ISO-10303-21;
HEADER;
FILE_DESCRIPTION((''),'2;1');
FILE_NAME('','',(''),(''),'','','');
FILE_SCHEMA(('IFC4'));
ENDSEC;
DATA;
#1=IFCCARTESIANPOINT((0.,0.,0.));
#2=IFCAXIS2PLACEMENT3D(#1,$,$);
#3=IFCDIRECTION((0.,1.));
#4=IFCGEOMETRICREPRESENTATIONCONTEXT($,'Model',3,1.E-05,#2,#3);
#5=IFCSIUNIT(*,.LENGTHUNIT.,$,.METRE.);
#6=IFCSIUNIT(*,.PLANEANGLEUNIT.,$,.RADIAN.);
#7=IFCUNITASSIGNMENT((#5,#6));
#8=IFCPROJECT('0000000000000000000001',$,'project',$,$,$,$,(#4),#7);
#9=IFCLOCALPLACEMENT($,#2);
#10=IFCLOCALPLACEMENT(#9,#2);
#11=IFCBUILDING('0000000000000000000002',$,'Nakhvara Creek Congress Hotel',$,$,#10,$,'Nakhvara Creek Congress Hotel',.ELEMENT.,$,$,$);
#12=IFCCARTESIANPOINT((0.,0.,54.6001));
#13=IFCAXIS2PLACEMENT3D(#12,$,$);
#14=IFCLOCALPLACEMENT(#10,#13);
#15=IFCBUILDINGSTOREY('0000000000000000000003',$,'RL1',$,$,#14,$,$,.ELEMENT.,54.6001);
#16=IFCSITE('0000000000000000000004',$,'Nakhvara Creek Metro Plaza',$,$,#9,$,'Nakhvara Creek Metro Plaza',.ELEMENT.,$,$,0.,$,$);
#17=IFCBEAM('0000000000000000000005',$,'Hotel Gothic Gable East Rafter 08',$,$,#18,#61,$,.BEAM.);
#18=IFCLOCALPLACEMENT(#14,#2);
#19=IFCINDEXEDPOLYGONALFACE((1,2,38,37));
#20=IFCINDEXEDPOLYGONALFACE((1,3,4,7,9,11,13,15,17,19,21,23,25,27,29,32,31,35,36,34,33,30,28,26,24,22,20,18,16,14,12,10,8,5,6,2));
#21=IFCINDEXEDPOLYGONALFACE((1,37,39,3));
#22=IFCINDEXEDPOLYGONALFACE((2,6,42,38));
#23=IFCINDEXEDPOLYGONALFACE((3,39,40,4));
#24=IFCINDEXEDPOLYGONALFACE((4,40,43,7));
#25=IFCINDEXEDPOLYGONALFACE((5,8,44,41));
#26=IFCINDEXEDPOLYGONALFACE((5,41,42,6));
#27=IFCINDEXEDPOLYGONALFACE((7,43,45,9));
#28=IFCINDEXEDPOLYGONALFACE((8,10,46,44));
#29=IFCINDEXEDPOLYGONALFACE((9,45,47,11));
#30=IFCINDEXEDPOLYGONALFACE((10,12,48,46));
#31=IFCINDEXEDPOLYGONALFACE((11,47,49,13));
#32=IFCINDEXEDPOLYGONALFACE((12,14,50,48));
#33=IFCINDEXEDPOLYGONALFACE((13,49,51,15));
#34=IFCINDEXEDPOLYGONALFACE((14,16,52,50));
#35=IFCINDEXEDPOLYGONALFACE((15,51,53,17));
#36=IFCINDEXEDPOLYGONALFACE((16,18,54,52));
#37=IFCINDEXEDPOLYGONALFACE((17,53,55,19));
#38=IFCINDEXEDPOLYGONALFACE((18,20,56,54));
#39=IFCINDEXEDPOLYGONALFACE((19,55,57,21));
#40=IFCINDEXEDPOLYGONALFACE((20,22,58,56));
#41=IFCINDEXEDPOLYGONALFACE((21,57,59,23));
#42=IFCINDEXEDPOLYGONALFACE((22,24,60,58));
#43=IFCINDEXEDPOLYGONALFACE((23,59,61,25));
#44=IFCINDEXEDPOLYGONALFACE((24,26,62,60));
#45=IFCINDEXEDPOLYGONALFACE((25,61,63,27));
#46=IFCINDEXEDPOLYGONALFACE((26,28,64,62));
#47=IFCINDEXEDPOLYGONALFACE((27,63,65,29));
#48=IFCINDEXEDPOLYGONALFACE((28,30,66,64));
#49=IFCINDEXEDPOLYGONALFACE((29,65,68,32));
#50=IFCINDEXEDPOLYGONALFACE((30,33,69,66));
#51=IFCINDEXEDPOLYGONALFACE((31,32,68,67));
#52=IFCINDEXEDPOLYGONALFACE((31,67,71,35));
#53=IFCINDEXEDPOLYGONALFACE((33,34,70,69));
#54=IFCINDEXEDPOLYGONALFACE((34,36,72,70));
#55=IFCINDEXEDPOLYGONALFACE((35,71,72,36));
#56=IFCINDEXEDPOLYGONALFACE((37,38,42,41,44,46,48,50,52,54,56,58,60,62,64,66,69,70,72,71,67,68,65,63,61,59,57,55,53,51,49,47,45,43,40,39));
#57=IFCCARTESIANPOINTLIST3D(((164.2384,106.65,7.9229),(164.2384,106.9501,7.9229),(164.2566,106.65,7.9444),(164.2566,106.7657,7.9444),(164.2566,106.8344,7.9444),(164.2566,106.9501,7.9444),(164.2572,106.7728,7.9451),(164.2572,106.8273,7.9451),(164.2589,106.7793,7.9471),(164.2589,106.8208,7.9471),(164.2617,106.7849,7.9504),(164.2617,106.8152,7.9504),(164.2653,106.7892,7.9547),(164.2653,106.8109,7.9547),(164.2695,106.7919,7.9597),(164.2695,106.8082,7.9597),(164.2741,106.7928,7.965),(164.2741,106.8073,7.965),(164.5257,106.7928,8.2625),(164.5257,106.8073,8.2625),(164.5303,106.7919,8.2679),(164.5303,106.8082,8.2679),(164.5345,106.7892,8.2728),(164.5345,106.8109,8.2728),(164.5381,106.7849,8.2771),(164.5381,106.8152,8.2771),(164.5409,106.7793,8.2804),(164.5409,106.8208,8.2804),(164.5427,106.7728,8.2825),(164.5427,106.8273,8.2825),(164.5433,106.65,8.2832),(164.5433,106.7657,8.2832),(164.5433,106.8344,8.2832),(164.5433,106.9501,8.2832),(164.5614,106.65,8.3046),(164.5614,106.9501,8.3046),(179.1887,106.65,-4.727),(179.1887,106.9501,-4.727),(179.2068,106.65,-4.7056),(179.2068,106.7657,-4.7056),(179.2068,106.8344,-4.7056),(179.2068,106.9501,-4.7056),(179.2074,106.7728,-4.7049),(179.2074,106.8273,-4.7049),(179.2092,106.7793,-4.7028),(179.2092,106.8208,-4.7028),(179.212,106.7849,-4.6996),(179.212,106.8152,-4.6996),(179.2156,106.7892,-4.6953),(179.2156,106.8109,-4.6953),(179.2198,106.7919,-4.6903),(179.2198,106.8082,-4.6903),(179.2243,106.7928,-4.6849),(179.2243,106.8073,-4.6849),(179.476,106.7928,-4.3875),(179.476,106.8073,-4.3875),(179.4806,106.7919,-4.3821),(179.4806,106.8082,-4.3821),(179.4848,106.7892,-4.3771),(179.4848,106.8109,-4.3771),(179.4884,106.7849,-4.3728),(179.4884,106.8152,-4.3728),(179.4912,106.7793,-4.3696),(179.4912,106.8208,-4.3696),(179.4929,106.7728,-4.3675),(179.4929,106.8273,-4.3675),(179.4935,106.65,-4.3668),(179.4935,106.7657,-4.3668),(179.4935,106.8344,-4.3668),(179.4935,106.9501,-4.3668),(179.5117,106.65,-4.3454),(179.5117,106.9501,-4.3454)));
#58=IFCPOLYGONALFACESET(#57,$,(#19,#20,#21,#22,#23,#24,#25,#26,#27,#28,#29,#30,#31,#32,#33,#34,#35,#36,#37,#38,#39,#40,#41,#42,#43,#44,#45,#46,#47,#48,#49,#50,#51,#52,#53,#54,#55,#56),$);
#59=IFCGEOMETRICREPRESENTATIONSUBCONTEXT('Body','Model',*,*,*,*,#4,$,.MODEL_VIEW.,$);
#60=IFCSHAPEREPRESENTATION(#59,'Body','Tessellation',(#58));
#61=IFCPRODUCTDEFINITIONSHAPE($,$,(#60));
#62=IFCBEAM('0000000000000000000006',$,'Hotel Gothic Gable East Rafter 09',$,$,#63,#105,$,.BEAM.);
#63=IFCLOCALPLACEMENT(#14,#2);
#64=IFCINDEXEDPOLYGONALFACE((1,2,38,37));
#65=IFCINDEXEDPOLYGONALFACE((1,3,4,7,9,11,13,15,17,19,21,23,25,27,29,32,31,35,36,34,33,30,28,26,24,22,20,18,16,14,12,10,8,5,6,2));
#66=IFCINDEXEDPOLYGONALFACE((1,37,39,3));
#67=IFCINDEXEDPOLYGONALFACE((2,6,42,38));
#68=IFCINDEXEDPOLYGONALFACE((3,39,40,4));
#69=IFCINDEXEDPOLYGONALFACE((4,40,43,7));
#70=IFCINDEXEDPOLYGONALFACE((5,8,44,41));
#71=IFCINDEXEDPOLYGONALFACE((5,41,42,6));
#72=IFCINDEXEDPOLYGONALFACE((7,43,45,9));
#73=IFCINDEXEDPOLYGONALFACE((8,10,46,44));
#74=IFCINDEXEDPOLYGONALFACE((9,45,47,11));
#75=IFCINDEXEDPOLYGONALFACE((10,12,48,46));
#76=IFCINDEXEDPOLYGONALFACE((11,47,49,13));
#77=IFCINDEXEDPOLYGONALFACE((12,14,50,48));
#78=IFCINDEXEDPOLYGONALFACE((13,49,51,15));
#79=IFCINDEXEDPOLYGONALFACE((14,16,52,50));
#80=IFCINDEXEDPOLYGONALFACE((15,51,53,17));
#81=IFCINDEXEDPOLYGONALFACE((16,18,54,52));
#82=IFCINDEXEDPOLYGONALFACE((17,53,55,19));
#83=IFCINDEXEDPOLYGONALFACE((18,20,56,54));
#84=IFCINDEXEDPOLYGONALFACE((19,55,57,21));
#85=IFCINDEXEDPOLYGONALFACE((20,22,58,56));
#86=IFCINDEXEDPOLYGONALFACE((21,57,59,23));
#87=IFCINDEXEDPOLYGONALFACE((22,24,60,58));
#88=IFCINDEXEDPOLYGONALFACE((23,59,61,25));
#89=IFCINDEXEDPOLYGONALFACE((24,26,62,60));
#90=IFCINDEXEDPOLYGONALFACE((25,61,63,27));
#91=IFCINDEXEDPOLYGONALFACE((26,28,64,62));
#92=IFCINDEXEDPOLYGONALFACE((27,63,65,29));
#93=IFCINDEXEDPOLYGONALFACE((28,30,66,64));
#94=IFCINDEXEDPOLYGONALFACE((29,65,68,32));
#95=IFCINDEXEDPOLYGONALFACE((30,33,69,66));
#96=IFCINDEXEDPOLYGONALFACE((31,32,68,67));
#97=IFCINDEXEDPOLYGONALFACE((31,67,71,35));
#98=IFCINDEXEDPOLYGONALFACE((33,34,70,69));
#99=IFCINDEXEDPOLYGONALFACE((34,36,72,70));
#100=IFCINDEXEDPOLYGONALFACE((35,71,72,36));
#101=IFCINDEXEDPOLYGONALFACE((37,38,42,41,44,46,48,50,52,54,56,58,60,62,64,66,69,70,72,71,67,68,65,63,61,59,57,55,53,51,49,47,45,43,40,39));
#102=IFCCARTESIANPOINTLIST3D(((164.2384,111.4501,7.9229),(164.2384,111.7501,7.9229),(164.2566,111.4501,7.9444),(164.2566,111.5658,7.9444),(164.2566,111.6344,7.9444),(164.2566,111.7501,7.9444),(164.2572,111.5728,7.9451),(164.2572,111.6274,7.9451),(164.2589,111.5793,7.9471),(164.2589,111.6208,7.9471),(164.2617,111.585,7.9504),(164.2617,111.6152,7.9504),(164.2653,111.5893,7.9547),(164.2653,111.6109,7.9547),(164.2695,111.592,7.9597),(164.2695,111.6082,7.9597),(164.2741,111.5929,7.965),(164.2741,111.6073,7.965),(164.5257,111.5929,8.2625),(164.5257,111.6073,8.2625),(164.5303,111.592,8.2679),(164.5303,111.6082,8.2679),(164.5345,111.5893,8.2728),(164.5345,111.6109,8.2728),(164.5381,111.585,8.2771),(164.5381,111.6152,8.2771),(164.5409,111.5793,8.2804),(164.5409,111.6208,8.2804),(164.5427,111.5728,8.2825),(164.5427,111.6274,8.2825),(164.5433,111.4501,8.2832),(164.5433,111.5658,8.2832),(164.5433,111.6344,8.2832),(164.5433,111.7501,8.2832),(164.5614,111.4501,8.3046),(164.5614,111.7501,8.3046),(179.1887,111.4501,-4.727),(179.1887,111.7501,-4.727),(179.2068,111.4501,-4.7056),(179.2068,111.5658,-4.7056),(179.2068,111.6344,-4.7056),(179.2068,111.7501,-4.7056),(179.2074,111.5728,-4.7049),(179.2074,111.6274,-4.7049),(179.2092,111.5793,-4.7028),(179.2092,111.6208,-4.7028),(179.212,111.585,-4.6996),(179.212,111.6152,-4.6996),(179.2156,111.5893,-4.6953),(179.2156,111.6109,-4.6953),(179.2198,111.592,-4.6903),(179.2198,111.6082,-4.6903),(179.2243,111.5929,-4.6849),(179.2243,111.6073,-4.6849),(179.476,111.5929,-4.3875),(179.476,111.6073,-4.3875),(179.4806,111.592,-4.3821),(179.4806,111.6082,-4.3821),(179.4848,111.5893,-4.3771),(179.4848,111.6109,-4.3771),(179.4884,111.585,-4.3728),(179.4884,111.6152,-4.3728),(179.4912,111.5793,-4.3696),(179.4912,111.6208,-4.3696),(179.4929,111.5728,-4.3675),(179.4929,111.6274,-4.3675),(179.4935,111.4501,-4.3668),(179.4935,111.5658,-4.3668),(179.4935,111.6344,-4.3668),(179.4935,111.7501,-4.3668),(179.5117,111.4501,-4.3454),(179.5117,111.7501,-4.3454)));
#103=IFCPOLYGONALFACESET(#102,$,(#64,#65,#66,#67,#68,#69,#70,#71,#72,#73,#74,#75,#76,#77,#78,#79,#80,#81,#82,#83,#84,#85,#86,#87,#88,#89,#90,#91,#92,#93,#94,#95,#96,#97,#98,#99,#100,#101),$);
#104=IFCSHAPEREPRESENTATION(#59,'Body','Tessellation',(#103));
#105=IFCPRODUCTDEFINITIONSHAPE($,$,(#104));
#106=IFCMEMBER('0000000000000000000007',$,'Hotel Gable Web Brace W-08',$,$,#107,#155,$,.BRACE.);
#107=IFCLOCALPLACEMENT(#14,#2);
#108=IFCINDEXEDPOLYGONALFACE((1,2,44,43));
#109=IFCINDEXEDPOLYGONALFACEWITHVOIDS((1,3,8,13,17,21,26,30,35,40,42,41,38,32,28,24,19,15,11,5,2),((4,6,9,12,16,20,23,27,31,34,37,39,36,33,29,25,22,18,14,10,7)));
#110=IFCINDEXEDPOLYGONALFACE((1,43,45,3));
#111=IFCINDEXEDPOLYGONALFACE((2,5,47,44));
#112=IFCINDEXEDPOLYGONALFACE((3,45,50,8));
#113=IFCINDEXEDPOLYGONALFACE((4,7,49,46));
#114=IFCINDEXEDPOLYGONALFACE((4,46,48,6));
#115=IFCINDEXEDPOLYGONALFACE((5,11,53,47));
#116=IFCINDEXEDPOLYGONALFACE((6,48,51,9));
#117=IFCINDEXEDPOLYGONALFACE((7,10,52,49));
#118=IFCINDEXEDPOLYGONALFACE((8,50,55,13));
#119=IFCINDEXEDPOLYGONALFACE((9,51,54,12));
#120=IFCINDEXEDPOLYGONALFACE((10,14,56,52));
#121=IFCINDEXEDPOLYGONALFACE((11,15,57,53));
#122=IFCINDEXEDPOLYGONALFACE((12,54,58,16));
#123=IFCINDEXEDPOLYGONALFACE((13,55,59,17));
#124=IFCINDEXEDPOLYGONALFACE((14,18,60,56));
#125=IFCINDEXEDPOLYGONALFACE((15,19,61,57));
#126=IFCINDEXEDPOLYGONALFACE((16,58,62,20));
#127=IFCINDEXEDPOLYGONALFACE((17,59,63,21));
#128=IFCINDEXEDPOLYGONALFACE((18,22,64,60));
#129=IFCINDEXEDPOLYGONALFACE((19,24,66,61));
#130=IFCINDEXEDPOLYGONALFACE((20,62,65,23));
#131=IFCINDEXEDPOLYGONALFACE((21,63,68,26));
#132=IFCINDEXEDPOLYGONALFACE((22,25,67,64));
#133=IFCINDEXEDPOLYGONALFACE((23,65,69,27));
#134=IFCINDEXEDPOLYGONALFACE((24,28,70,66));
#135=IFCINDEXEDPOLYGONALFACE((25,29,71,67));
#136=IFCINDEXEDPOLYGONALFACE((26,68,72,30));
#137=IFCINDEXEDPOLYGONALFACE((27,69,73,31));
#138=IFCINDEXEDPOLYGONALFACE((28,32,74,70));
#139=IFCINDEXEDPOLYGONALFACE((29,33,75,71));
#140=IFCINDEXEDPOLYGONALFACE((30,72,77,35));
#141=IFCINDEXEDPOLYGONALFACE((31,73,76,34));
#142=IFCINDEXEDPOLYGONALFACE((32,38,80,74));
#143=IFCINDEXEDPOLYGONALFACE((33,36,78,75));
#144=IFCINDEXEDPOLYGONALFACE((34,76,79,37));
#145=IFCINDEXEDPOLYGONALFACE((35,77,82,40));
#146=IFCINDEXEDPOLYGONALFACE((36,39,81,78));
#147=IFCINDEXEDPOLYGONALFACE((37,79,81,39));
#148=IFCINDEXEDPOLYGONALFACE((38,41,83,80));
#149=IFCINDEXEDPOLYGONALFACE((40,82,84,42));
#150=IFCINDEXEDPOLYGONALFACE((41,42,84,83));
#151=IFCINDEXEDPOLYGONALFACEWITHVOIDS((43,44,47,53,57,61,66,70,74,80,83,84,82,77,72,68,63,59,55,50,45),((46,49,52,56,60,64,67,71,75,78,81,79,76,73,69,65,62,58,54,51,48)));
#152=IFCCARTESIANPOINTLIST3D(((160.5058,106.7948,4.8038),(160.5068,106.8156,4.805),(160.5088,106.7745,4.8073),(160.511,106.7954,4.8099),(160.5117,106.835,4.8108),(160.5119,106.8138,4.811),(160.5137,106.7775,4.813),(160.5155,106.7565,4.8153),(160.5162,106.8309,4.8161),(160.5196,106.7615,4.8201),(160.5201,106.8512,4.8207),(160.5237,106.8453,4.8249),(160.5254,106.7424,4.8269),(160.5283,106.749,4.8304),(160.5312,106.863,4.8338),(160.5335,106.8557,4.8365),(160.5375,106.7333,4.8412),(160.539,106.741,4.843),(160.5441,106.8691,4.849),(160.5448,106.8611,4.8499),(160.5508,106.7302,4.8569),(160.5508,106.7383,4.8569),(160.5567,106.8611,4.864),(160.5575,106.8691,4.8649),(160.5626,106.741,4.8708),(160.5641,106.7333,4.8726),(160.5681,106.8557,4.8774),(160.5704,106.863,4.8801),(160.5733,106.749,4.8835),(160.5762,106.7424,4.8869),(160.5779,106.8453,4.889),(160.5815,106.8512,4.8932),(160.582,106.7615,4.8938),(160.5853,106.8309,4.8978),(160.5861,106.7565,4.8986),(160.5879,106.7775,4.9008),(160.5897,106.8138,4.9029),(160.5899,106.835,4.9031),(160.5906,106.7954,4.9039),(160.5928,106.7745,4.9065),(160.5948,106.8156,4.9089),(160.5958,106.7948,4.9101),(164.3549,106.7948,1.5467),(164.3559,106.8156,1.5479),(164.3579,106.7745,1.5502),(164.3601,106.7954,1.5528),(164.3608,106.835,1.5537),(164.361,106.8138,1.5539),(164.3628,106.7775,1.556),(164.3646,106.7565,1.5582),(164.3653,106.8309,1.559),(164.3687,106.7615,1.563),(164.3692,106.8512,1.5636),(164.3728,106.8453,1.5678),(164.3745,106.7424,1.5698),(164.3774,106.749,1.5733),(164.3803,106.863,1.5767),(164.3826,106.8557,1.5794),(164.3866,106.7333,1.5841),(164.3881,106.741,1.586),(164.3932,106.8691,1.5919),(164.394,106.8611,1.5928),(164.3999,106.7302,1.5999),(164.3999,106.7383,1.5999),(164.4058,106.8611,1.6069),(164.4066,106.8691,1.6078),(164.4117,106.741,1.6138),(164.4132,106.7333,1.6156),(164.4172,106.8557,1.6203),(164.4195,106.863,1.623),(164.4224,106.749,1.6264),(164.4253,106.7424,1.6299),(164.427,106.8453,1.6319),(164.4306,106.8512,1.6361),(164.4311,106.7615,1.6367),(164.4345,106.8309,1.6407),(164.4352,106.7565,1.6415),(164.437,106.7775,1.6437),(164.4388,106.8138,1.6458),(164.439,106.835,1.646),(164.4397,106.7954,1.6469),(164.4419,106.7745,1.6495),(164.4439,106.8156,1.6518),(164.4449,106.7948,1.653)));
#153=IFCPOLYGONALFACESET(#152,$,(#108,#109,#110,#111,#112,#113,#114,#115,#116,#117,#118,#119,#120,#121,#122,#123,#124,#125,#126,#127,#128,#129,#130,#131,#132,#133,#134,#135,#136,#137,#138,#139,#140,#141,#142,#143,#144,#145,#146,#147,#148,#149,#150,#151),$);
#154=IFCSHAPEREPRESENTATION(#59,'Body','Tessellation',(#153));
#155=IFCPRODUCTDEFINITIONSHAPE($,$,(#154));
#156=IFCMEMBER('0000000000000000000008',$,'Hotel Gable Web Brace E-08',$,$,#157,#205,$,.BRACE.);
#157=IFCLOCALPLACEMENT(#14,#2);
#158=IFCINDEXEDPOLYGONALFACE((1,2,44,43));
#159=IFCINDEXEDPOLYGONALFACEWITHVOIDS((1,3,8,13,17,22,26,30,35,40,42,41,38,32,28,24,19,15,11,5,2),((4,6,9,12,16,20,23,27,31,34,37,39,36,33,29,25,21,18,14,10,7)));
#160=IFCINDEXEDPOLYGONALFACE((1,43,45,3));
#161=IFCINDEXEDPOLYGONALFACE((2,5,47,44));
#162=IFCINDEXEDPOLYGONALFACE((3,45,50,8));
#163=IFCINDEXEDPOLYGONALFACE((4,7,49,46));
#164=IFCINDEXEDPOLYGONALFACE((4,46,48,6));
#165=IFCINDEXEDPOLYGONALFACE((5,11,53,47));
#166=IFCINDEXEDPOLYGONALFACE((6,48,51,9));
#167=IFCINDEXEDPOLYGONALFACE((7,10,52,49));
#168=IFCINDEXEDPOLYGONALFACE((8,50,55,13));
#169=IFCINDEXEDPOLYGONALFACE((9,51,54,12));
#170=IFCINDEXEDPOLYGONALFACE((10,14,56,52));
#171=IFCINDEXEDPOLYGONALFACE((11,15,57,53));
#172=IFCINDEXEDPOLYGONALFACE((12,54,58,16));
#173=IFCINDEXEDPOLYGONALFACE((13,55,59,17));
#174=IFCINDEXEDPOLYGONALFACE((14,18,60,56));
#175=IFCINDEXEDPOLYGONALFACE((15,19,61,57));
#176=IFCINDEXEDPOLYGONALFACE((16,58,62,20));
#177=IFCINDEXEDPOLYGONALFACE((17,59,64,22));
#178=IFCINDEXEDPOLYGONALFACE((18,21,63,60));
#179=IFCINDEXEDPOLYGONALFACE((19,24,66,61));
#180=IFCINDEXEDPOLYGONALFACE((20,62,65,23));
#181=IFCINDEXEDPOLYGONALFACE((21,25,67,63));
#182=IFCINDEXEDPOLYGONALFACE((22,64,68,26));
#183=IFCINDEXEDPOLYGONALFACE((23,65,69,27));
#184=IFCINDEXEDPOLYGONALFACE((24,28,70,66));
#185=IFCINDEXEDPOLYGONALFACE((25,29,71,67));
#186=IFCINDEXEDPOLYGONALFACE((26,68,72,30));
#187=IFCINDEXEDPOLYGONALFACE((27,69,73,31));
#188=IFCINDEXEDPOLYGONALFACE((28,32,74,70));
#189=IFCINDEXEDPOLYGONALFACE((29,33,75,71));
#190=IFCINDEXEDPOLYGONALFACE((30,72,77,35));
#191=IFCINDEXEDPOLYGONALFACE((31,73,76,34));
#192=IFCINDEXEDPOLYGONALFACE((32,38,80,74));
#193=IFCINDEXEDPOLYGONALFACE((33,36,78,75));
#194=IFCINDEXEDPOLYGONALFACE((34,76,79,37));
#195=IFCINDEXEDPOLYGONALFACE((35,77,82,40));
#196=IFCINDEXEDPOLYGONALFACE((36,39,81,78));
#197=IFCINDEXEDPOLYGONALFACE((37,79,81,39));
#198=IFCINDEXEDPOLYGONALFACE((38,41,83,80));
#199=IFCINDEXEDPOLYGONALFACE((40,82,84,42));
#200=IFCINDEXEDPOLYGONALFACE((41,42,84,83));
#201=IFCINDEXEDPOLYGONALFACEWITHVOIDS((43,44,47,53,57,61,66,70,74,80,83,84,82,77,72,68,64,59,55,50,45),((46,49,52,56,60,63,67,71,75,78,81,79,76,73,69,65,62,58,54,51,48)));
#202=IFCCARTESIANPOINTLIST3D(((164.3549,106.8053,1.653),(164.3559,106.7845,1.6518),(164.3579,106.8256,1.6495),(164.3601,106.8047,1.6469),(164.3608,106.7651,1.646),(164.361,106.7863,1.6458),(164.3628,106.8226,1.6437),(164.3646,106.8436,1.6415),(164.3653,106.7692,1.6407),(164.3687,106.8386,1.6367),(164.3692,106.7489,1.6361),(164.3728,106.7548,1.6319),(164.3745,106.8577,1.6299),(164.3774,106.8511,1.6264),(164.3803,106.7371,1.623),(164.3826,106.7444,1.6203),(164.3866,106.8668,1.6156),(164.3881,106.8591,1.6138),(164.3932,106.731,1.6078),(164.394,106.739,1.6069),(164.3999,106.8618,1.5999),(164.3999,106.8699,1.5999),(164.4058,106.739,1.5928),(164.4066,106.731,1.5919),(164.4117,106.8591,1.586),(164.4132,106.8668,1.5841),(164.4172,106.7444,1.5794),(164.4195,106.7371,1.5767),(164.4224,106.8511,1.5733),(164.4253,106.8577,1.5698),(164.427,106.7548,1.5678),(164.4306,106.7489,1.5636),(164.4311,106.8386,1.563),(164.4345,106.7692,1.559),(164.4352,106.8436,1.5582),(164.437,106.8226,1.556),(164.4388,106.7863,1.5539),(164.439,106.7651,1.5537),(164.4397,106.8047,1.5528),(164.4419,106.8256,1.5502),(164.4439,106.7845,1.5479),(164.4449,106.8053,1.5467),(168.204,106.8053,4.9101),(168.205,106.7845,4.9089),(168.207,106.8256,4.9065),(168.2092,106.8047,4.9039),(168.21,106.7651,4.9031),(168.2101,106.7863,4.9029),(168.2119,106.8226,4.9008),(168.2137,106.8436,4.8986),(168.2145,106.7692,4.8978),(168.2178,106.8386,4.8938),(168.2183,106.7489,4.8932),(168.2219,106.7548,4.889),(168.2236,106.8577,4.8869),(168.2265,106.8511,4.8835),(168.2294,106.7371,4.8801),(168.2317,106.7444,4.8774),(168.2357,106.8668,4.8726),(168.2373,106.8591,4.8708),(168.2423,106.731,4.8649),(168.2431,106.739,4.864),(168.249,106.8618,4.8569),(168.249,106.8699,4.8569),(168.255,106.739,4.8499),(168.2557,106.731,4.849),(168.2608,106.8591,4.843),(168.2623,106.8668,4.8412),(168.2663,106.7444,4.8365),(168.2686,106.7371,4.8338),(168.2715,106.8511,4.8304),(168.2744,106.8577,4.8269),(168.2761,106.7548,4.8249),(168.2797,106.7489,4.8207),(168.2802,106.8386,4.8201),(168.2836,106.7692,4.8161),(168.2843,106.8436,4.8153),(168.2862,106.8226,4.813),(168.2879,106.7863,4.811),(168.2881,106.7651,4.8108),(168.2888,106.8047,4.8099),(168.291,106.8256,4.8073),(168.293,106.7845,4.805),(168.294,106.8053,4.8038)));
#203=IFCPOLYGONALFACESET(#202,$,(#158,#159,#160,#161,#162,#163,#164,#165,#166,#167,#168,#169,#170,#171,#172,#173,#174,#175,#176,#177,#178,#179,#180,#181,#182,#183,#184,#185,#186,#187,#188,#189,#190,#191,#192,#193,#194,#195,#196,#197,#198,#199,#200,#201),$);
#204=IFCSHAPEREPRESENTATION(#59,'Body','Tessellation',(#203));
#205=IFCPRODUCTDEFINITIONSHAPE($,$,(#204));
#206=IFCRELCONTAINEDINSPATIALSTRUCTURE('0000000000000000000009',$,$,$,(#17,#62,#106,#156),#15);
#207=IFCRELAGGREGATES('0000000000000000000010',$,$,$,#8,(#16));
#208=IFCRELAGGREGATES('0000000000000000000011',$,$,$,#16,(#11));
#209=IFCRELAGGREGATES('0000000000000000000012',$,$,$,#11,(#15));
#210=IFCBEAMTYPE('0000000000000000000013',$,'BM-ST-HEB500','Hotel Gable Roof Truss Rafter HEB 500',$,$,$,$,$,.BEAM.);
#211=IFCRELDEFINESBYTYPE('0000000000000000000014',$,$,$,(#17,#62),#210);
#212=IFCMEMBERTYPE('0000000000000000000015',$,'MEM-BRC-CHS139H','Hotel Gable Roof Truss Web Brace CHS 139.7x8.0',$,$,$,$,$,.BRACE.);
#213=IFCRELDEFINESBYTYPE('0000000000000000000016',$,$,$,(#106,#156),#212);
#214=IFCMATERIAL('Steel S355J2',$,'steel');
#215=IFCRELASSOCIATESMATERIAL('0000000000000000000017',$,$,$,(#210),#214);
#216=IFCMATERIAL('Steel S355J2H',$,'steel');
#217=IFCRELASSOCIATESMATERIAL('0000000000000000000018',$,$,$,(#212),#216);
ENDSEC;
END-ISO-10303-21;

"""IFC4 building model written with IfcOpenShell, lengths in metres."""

from ifc_helpers import new_model, si_unit, direction, frame, origin, origin_2d, place, context, subcontext, project, spatial, hollow_circle, i_section, extrude, material, material_profile, profile_set, type_object, element, save


model = new_model("IFC4")

# Units and contexts
model_context = context("Model", 3, precision=1e-05, world=origin(), true_north=direction((0.0, 1.0)))
body_context = subcontext(model_context, "Body", "Model", "MODEL_VIEW")
ifc_project = project(units=[si_unit("LENGTHUNIT", "METRE"), si_unit("PLANEANGLEUNIT", "RADIAN")], contexts=[model_context])

# Site, building, storey
site_placement = place(None, origin())
site = spatial("IfcSite", under=ifc_project, at=site_placement, Name="Nakhvara Creek Metro Plaza", LongName="Nakhvara Creek Metro Plaza", CompositionType="ELEMENT", RefElevation=0.0)
building_placement = place(site_placement, origin())
building = spatial("IfcBuilding", under=site, at=building_placement, Name="Nakhvara Creek Congress Hotel", LongName="Nakhvara Creek Congress Hotel", CompositionType="ELEMENT")
storey_placement = place(building_placement, frame((0.0, 0.0, 54.6001)))
storey = spatial("IfcBuildingStorey", under=building, at=storey_placement, Name="RL1", CompositionType="ELEMENT", Elevation=54.6001)

# Beams
ifc_material_1 = material(Name="Steel S355J2", Category="steel")
ifc_material_profile_1 = material_profile(ifc_material_1, i_section(OverallWidth=0.3, OverallDepth=0.5, WebThickness=0.0144, FlangeThickness=0.0281, FilletRadius=0.0271, at=origin_2d()), Name="HEB 500", Category="LoadBearing")
ifc_profile_set_1 = profile_set([ifc_material_profile_1], Name="Steel S355J2")
beam_type = type_object("IfcBeamType", Name="BM-ST-HEB500", Description="Hotel Gable Roof Truss Rafter HEB 500", PredefinedType="BEAM", material=ifc_profile_set_1)
for number, where, z_axis, x_axis, name in (
    (1, (164.3999, 106.8, 8.1138), (0.763393, 0.0, -0.645934), (0.0, 1.0, 0.0), "Hotel Gothic Gable East Rafter 08"),
    (2, (164.3999, 111.6001, 8.1138), (0.763393, 0.0, -0.645934), (0.0, 1.0, 0.0), "Hotel Gothic Gable East Rafter 09"),
):
    element("IfcBeam", number, at=place(storey_placement, frame(where, z_axis=z_axis, x_axis=x_axis)), inside=storey, type_object=beam_type, Name=name, PredefinedType="BEAM", context=body_context, shape_type="SweptSolid", body=[
        extrude(i_section(OverallWidth=0.3, OverallDepth=0.5, WebThickness=0.0144, FlangeThickness=0.0281, FilletRadius=0.0271, at=origin_2d()), origin(), (0.0, 0.0, 1.0), 19.584),
    ])

# Members
ifc_material_2 = material(Name="Steel S355J2H", Category="steel")
ifc_material_profile_2 = material_profile(ifc_material_2, hollow_circle(Radius=0.0698, WallThickness=0.0081, at=origin_2d()), Name="CHS 139.7x8.0", Category="LoadBearing")
ifc_profile_set_2 = profile_set([ifc_material_profile_2], Name="Steel S355J2H")
member_type_1 = type_object("IfcMemberType", Name="MEM-BRC-CHS139H", Description="Hotel Gable Roof Truss Web Brace CHS 139.7x8.0", PredefinedType="BRACE", material=ifc_profile_set_2)
for number, where, z_axis, x_axis, name in (
    (3, (164.3999, 106.8, 1.5999), (-0.763373, 0.0, 0.645957), (0.0, -1.0, 0.0), "Hotel Gable Web Brace W-08"),
    (4, (164.3999, 106.8, 1.5999), (0.763373, 0.0, 0.645957), (0.0, 1.0, 0.0), "Hotel Gable Web Brace E-08"),
):
    element("IfcMember", number, at=place(storey_placement, frame(where, z_axis=z_axis, x_axis=x_axis)), inside=storey, type_object=member_type_1, Name=name, PredefinedType="BRACE", context=body_context, shape_type="SweptSolid", body=[
        extrude(hollow_circle(Radius=0.0698, WallThickness=0.0081, at=origin_2d()), origin(), (0.0, 0.0, 1.0), 5.0422),
    ])

save(model, "model.ifc")
